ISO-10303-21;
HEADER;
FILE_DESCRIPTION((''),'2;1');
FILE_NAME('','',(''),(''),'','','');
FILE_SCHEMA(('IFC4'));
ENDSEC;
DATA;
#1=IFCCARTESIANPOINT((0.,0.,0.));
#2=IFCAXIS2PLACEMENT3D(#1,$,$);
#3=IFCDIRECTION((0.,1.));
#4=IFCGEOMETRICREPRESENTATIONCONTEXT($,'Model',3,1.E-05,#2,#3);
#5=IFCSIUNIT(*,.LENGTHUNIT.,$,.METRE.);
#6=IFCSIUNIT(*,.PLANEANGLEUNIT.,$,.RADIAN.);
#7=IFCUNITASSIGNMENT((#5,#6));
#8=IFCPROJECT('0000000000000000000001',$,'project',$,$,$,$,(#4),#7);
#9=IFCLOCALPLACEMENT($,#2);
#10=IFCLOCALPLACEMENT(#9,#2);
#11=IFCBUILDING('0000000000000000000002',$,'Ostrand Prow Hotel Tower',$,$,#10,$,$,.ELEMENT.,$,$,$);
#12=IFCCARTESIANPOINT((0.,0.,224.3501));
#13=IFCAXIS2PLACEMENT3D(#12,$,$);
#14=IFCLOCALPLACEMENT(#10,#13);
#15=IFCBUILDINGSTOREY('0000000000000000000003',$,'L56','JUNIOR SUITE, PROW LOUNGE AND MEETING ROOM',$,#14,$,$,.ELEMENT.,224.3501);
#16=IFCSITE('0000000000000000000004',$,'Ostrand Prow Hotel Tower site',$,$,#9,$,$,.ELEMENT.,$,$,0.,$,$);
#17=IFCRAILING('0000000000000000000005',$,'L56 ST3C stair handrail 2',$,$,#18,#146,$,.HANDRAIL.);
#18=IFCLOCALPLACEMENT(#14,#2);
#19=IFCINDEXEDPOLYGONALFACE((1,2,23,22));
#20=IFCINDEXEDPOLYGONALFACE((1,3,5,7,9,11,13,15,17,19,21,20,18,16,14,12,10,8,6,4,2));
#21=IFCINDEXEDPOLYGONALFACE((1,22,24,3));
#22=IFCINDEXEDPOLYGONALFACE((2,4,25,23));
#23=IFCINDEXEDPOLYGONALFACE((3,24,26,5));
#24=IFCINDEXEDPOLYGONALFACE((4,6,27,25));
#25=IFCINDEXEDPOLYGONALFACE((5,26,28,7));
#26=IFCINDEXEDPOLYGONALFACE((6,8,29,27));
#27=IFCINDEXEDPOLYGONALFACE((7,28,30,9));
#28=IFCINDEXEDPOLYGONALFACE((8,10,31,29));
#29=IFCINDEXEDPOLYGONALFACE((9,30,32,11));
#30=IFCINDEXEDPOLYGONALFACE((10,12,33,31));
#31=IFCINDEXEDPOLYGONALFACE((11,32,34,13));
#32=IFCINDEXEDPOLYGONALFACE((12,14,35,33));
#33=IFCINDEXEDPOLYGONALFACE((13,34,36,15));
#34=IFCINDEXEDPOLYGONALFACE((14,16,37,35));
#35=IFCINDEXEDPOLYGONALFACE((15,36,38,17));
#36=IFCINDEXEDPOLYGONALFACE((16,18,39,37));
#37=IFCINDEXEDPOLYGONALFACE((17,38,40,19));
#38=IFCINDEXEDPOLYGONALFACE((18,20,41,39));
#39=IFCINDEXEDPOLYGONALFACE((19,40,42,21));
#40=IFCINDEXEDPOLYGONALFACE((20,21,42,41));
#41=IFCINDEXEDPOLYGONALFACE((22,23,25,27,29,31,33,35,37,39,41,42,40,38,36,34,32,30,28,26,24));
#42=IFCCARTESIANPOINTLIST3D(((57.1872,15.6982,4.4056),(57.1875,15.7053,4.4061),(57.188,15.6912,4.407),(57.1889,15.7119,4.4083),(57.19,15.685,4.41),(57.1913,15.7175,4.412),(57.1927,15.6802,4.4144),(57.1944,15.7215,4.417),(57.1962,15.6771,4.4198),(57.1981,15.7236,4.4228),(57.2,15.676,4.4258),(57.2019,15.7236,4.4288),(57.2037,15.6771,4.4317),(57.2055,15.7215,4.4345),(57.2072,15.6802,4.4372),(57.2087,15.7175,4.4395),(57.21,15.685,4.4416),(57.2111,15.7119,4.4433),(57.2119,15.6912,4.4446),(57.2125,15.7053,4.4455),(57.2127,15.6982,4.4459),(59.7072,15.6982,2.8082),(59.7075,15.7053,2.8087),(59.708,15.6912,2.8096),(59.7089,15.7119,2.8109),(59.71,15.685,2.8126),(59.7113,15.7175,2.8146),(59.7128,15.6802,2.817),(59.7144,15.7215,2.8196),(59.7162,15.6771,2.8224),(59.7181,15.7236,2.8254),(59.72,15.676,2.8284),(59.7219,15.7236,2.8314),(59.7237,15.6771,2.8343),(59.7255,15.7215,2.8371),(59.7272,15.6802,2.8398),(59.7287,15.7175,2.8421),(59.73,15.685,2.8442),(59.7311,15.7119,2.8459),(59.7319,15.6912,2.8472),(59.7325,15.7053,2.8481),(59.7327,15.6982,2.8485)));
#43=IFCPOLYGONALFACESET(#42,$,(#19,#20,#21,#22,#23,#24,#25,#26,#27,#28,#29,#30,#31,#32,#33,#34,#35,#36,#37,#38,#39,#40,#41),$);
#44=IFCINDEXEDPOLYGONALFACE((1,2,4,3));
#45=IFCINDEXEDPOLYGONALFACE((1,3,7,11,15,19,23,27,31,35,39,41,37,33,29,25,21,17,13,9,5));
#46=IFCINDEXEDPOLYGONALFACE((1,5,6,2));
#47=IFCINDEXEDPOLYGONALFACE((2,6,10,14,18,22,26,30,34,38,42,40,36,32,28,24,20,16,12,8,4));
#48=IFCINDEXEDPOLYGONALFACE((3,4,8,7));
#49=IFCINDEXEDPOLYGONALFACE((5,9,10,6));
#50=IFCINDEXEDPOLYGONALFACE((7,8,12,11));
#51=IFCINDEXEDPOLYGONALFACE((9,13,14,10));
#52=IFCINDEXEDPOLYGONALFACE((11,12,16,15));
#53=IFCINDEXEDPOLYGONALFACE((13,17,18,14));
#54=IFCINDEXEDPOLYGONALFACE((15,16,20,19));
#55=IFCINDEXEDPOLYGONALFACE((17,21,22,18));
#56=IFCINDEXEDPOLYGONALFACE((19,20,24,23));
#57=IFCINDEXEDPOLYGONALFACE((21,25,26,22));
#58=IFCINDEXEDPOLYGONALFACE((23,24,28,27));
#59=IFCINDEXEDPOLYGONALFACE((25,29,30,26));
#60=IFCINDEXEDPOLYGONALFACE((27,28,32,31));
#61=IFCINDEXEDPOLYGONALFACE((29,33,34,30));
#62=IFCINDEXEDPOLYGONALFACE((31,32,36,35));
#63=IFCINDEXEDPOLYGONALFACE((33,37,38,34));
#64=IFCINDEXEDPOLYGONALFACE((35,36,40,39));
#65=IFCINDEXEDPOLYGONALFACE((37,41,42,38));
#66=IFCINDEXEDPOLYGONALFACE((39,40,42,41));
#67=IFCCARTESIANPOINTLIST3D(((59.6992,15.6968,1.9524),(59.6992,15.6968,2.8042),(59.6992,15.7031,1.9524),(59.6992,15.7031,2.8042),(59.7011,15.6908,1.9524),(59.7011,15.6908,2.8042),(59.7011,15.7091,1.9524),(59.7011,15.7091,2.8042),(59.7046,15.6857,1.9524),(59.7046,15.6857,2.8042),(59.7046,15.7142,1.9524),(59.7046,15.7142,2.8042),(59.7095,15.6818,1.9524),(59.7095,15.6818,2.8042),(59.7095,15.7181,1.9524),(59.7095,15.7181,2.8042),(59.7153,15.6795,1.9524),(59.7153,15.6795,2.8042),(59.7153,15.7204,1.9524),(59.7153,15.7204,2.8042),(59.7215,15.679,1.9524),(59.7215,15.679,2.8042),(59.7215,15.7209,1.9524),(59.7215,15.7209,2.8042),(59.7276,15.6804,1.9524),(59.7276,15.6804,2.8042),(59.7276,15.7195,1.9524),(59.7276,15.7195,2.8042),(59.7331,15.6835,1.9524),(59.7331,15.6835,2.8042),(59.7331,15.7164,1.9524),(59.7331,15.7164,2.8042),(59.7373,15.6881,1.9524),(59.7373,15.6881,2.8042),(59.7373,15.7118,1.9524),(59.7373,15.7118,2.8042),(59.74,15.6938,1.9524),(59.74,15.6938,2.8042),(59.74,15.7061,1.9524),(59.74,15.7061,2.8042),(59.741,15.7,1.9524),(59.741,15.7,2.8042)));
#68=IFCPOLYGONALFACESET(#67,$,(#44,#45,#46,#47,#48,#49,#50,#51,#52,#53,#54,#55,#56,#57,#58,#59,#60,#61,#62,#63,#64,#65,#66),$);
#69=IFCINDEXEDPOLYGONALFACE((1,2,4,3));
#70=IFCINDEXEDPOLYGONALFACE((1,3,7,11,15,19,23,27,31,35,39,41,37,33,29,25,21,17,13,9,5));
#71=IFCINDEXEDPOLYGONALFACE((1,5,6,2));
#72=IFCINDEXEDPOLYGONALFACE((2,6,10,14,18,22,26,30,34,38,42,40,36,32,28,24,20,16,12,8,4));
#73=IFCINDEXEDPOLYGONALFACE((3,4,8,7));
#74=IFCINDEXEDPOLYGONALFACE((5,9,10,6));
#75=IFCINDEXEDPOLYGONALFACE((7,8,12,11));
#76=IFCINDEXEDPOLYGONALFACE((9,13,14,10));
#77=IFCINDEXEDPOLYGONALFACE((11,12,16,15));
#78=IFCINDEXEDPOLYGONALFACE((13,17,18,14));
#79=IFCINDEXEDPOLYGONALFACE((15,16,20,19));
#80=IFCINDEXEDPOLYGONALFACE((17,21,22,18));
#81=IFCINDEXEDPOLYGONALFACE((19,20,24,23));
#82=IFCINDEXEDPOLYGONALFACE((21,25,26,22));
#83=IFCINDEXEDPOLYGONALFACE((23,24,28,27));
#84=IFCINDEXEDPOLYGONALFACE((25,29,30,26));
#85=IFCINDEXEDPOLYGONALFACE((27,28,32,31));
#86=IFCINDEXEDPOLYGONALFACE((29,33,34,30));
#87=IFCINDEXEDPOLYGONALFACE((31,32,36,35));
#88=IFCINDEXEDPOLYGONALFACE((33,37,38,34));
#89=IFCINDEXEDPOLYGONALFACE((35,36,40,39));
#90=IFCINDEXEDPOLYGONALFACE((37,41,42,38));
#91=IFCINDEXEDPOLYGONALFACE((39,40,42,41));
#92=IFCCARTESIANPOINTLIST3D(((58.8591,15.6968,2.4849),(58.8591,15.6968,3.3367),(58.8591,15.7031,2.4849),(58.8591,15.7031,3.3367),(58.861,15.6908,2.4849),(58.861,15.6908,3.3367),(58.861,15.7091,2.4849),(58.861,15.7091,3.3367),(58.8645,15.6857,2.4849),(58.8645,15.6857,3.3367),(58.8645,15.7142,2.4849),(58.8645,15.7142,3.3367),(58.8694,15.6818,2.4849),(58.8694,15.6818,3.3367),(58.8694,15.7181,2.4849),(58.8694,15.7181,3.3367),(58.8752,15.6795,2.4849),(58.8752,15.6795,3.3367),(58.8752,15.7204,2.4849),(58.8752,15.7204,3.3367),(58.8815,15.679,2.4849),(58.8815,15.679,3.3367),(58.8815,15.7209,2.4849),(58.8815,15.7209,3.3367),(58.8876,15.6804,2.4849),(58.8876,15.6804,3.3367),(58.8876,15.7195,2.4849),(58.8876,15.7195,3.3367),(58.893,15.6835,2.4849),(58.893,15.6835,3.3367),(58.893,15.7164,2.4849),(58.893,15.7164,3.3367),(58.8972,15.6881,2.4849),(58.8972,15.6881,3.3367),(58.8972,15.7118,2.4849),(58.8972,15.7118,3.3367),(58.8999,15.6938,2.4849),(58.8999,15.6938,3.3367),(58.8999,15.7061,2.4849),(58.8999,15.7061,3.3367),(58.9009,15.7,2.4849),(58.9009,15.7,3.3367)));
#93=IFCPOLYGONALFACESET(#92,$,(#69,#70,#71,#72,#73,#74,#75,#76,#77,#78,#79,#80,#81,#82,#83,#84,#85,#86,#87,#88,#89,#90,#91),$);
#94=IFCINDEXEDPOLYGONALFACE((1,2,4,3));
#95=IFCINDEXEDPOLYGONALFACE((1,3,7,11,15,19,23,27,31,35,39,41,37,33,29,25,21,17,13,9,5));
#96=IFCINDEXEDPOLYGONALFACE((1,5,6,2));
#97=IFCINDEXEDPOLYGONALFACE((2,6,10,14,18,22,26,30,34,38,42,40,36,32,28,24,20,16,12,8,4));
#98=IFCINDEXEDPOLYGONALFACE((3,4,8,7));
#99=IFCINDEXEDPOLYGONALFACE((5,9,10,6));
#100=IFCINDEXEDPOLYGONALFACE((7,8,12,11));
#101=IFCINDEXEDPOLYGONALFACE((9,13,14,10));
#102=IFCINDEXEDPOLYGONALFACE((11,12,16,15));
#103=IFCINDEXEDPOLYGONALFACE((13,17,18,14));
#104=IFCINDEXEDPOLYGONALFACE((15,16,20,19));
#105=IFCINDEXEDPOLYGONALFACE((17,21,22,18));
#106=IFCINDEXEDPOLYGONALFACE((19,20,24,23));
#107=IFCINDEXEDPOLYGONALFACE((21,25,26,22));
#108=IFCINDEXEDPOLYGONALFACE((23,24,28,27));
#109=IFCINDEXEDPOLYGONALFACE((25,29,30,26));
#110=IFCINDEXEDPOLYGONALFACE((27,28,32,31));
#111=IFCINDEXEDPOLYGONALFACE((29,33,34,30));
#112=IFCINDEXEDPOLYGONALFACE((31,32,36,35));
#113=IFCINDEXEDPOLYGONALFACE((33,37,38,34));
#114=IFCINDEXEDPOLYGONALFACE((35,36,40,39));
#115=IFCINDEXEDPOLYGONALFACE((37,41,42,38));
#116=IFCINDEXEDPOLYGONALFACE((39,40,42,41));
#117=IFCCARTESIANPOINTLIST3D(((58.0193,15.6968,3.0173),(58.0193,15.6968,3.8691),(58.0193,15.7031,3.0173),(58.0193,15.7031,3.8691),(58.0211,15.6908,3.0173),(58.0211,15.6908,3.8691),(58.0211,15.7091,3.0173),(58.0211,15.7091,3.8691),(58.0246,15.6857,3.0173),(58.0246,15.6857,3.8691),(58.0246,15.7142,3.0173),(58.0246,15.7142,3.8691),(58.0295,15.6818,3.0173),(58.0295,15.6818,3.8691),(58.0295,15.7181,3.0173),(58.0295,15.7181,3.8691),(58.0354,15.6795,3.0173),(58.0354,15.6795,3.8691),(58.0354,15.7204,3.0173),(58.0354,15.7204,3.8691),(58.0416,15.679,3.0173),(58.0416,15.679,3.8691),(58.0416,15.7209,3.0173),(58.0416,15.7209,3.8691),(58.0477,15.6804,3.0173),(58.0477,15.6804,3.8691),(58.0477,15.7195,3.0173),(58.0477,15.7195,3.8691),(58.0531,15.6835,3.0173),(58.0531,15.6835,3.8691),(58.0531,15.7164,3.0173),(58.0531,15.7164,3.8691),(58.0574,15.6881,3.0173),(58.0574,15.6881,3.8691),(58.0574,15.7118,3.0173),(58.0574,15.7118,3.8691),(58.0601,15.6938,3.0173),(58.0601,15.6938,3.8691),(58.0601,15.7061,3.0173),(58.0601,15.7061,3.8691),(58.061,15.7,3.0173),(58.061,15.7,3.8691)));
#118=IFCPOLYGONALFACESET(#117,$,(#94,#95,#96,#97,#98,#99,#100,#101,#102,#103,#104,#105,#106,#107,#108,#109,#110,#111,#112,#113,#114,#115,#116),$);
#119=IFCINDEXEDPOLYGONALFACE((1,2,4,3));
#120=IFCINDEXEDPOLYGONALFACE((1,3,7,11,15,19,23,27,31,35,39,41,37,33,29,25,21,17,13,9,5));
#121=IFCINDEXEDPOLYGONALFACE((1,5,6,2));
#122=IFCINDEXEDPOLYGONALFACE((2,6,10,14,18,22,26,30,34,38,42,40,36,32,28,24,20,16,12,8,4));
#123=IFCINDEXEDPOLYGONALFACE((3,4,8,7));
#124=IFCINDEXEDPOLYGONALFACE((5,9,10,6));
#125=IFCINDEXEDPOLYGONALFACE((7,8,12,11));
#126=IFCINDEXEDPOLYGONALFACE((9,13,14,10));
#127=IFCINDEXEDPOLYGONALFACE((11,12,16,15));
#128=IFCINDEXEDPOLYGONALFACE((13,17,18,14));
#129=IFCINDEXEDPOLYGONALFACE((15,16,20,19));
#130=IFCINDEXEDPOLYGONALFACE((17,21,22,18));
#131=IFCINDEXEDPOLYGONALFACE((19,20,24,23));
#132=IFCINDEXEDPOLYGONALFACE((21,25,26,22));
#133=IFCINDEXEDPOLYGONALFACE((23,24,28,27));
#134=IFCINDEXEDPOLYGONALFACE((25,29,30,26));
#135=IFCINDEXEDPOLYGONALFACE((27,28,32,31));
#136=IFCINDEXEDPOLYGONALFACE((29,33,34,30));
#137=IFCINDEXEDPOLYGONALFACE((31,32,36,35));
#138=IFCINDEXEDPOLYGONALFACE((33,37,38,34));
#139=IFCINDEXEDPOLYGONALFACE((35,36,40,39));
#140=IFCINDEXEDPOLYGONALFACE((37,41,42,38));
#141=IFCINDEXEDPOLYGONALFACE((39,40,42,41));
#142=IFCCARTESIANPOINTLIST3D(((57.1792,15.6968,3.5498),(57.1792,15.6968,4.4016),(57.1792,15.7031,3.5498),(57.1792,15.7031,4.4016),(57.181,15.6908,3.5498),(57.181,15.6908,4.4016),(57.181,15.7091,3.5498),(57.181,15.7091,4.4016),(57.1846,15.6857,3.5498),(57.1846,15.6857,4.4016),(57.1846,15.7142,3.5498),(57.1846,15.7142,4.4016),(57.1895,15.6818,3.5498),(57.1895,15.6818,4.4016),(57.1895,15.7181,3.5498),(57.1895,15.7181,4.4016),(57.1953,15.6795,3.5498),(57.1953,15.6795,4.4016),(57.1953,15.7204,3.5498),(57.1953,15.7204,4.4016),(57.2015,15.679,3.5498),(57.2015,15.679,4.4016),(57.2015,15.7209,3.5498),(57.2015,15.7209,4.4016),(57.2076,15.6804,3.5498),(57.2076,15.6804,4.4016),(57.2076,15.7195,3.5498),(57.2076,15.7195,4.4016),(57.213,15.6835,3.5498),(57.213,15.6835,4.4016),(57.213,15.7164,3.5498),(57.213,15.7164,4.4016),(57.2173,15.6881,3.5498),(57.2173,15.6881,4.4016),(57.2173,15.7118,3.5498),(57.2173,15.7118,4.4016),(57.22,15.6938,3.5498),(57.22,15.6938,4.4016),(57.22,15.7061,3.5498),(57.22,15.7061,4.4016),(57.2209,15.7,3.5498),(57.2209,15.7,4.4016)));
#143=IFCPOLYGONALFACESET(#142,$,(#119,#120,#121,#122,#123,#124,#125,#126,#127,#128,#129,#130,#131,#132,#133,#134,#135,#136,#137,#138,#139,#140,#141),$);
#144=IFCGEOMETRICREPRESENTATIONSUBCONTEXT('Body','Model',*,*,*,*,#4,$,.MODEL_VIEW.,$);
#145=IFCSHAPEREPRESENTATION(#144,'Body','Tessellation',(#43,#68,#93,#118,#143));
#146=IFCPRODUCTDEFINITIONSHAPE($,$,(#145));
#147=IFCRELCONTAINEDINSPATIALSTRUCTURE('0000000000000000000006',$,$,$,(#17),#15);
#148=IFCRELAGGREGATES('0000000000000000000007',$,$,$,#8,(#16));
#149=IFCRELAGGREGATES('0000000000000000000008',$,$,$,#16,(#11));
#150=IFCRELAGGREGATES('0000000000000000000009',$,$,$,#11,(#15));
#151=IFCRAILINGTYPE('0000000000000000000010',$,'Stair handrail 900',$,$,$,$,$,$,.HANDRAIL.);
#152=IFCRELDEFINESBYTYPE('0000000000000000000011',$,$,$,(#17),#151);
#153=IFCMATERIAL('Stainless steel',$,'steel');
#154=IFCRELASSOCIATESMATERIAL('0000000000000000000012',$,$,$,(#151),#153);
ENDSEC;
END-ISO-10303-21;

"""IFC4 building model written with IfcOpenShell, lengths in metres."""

from ifc_helpers import new_model, si_unit, direction, frame, origin, origin_2d, place, context, subcontext, project, spatial, circle, extrude, material, type_object, element, save


model = new_model("IFC4")

# Units and contexts
model_context = context("Model", 3, precision=1e-05, world=origin(), true_north=direction((0.0, 1.0)))
body_context = subcontext(model_context, "Body", "Model", "MODEL_VIEW")
ifc_project = project(units=[si_unit("LENGTHUNIT", "METRE"), si_unit("PLANEANGLEUNIT", "RADIAN")], contexts=[model_context])

# Site, building, storey
site_placement = place(None, origin())
site = spatial("IfcSite", under=ifc_project, at=site_placement, Name="Ostrand Prow Hotel Tower site", CompositionType="ELEMENT", RefElevation=0.0)
building_placement = place(site_placement, origin())
building = spatial("IfcBuilding", under=site, at=building_placement, Name="Ostrand Prow Hotel Tower", CompositionType="ELEMENT")
storey_placement = place(building_placement, frame((0.0, 0.0, 224.3501)))
storey = spatial("IfcBuildingStorey", under=building, at=storey_placement, Name="L56", Description="JUNIOR SUITE, PROW LOUNGE AND MEETING ROOM", CompositionType="ELEMENT", Elevation=224.3501)

# Railing
ifc_material_1 = material(Name="Stainless steel", Category="steel")
railing_type_1 = type_object("IfcRailingType", Name="Stair handrail 900", PredefinedType="HANDRAIL", material=ifc_material_1)
railing_1_placement = place(storey_placement, frame((59.72, 15.7, 1.9524)))
element("IfcRailing", 1, at=railing_1_placement, inside=storey, type_object=railing_type_1, Name="L56 ST3C stair handrail 2", PredefinedType="HANDRAIL", context=body_context, shape_type="SweptSolid", body=[
    extrude(circle(Radius=0.0239, at=origin_2d()), frame((0.0, 0.0, 0.876), z_axis=(-0.844607, 0.0, 0.535387), x_axis=(0.0, -1.0, 0.0)), (0.0, 0.0, 1.0), 2.9836),
    extrude(circle(Radius=0.021, at=origin_2d()), origin(), (0.0, 0.0, 1.0), 0.8518),
    extrude(circle(Radius=0.021, at=origin_2d()), frame((-0.8401, 0.0, 0.5325)), (0.0, 0.0, 1.0), 0.8518),
    extrude(circle(Radius=0.021, at=origin_2d()), frame((-1.6799, 0.0, 1.0649)), (0.0, 0.0, 1.0), 0.8518),
    extrude(circle(Radius=0.021, at=origin_2d()), frame((-2.52, 0.0, 1.5974)), (0.0, 0.0, 1.0), 0.8518),
])

save(model, "model.ifc")
